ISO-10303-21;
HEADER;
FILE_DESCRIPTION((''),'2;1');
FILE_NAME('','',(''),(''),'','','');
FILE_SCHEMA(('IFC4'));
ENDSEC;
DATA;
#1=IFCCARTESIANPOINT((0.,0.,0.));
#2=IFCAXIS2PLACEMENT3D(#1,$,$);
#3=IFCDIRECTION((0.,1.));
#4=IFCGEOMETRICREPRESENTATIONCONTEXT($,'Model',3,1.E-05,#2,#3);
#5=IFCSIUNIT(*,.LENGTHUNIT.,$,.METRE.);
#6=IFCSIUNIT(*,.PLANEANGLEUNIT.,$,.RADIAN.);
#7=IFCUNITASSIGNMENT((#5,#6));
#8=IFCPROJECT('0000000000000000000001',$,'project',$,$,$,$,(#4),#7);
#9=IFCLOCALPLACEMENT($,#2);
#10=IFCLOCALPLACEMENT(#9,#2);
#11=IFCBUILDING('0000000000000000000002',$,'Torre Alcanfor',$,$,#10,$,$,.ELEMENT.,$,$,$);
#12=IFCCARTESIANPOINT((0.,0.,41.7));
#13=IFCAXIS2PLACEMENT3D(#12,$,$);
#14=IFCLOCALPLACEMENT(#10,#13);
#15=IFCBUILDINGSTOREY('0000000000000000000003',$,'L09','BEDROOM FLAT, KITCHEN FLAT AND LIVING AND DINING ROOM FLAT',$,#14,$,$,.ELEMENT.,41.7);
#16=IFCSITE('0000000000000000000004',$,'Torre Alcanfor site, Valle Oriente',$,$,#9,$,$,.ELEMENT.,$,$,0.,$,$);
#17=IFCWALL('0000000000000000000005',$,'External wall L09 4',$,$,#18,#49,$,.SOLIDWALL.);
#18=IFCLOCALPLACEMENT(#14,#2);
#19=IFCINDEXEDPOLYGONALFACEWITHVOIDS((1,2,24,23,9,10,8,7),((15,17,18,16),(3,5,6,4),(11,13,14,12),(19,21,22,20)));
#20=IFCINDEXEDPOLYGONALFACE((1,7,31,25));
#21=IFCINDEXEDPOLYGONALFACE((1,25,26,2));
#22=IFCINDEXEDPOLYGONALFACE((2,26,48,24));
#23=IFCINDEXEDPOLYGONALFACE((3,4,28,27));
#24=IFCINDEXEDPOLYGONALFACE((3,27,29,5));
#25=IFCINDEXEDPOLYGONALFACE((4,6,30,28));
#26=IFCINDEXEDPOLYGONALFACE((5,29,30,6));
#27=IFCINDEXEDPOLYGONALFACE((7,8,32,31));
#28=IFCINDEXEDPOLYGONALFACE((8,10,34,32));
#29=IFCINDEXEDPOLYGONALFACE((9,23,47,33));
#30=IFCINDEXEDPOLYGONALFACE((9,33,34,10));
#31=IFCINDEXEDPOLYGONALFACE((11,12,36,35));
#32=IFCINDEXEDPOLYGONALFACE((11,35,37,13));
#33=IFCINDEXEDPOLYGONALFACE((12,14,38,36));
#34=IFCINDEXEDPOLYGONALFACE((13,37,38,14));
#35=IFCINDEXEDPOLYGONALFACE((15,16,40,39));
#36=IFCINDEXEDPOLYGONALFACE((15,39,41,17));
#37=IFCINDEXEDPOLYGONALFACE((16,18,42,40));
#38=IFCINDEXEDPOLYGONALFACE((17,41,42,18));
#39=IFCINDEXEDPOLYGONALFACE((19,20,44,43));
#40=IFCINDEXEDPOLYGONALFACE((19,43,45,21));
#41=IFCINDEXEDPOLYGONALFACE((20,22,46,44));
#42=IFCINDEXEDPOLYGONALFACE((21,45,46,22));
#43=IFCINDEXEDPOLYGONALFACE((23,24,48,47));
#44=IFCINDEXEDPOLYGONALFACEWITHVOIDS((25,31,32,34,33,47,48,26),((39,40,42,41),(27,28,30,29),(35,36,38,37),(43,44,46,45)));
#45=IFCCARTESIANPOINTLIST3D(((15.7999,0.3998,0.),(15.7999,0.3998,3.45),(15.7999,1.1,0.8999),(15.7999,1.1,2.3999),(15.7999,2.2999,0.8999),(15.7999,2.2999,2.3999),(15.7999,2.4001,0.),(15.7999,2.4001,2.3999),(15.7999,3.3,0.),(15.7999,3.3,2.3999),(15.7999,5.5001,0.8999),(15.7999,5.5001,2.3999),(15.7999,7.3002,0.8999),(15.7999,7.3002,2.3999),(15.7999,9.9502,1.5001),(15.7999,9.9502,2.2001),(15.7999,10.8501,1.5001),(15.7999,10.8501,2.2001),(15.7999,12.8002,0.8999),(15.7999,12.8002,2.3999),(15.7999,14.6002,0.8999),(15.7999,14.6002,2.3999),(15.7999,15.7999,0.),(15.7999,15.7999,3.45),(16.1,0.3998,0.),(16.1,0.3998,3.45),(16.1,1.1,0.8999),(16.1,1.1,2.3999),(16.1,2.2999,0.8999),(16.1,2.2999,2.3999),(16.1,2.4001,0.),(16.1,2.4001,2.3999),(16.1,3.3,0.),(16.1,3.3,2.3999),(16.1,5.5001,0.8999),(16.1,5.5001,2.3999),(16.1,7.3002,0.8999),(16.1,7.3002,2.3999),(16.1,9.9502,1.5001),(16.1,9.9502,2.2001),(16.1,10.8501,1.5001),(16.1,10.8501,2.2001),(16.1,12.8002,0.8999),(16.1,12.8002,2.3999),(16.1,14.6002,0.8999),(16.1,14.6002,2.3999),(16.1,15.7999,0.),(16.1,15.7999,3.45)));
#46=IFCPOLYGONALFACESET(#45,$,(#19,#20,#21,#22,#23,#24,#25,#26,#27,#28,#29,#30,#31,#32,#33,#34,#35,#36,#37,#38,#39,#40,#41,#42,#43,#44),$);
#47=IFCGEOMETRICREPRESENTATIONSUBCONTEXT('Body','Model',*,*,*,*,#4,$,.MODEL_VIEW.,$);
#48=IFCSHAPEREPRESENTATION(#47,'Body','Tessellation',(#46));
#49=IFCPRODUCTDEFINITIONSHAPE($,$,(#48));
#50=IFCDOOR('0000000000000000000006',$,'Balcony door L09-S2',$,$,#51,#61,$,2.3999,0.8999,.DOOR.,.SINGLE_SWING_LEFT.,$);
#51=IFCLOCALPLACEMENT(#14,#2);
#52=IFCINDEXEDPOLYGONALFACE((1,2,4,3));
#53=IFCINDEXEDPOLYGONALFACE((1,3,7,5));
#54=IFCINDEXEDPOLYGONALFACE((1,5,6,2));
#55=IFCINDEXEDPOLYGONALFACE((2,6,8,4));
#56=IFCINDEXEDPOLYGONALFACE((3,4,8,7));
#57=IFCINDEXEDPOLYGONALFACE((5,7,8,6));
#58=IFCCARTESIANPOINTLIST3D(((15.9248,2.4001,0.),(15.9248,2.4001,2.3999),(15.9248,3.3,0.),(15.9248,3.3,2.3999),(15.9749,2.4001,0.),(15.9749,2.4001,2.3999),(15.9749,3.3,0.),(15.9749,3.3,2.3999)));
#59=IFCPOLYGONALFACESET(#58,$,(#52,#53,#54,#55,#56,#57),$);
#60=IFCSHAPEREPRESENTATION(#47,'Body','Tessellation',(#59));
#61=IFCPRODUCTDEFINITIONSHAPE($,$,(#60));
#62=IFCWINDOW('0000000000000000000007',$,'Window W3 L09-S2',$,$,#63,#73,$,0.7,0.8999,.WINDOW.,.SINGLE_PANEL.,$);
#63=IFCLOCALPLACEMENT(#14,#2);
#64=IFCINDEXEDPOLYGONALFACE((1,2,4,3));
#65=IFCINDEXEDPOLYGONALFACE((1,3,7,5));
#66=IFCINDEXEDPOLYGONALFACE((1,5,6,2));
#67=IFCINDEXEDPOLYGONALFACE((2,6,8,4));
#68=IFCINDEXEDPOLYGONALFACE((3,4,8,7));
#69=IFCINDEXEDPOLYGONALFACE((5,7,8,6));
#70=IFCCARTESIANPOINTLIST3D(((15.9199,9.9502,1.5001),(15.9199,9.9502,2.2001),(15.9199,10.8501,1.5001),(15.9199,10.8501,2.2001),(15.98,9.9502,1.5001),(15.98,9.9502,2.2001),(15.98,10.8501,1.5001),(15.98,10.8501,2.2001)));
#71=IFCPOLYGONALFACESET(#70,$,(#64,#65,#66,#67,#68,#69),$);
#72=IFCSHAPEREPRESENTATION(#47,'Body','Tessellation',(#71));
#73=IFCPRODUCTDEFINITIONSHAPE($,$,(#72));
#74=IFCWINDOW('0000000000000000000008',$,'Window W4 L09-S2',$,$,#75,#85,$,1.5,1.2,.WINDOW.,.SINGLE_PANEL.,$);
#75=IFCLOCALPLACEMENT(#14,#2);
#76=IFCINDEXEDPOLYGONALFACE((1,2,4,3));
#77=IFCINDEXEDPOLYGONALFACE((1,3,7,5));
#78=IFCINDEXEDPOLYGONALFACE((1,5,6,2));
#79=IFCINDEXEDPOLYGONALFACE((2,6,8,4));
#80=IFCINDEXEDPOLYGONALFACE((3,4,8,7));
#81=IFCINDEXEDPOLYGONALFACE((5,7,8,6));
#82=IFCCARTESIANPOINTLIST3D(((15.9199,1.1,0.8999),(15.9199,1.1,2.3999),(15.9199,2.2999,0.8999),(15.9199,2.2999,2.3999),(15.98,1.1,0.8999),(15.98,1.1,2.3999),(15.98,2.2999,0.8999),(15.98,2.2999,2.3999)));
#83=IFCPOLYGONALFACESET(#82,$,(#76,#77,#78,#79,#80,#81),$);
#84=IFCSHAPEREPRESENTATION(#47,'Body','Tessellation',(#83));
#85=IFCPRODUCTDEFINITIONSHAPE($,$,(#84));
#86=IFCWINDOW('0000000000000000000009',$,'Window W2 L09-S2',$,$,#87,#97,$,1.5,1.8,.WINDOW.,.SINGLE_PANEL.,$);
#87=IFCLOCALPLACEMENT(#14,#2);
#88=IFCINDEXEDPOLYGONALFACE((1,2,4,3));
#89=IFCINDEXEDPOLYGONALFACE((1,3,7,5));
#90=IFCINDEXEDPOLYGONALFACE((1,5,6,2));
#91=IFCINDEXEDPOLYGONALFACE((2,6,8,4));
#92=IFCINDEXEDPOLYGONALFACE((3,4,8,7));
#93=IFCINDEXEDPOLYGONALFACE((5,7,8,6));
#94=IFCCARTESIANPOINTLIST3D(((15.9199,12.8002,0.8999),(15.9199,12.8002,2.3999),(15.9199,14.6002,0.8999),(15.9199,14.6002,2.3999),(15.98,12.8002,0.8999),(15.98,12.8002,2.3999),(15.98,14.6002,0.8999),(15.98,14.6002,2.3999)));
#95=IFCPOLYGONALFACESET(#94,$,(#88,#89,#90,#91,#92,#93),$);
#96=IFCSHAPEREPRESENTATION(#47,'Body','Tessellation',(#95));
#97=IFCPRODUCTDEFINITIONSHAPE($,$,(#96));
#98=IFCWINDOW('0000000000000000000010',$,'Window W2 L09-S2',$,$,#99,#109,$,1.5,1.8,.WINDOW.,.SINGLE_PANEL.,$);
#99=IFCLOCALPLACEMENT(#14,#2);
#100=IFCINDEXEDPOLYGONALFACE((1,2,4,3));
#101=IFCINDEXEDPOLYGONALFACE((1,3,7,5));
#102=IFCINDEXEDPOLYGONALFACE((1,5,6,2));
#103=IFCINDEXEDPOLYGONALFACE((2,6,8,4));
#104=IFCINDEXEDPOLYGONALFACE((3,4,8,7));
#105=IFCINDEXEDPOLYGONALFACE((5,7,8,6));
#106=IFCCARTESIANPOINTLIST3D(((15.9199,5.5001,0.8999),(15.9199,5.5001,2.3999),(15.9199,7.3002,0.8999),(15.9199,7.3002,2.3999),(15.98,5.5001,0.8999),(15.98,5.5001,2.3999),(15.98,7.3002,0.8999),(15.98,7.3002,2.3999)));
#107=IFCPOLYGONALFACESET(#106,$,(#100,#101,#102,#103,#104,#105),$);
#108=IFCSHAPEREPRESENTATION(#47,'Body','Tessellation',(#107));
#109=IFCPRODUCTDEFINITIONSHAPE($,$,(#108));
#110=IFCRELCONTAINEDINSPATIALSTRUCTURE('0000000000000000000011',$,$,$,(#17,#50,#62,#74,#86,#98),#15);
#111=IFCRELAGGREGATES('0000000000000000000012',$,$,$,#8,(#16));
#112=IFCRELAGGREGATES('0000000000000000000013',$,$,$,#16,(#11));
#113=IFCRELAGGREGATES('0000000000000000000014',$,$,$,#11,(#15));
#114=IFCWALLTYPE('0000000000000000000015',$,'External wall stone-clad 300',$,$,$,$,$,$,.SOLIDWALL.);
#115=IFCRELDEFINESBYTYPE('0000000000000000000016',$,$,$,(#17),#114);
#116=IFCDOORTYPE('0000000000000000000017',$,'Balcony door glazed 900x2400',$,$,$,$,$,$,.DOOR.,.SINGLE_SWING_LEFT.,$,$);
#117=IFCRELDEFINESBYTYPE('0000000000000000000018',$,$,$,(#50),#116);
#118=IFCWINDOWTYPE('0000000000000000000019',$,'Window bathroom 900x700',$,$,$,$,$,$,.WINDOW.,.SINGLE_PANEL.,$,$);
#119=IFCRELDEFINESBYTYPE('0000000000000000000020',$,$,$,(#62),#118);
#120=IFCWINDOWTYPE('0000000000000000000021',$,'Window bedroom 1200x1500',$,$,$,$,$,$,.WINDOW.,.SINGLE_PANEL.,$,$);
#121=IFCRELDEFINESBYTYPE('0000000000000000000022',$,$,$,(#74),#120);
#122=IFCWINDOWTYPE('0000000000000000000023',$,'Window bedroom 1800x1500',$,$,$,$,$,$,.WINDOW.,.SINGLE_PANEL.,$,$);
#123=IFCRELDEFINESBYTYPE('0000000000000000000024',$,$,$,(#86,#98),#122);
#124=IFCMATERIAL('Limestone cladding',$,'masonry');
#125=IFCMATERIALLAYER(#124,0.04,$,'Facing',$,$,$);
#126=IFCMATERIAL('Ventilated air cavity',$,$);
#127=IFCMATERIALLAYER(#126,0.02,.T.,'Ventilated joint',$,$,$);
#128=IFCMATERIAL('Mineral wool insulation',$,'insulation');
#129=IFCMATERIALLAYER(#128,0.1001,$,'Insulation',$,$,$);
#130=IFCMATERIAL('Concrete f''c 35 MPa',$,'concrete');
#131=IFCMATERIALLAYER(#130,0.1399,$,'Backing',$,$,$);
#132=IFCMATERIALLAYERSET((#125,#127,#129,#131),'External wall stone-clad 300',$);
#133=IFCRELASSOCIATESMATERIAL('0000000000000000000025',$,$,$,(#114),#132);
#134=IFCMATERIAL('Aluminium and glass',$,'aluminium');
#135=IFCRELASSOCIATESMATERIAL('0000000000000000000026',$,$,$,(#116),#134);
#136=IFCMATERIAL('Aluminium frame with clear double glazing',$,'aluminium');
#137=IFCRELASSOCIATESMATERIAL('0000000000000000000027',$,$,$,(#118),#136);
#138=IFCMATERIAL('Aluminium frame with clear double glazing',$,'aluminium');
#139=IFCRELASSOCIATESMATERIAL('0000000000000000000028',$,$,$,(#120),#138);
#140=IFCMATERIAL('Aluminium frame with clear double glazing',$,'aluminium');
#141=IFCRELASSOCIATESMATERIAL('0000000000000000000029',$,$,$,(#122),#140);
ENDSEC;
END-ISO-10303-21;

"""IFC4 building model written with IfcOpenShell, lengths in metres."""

from ifc_helpers import new_model, si_unit, direction, frame, frame_2d, origin, place, context, subcontext, project, spatial, rectangle, extrude, material, layer, layer_set, type_object, element, fill, save


model = new_model("IFC4")

# Units and contexts
model_context = context("Model", 3, precision=1e-05, world=origin(), true_north=direction((0.0, 1.0)))
body_context = subcontext(model_context, "Body", "Model", "MODEL_VIEW")
ifc_project = project(units=[si_unit("LENGTHUNIT", "METRE"), si_unit("PLANEANGLEUNIT", "RADIAN")], contexts=[model_context])

# Site, building, storey
site_placement = place(None, origin())
site = spatial("IfcSite", under=ifc_project, at=site_placement, Name="Torre Alcanfor site, Valle Oriente", CompositionType="ELEMENT", RefElevation=0.0)
building_placement = place(site_placement, origin())
building = spatial("IfcBuilding", under=site, at=building_placement, Name="Torre Alcanfor", CompositionType="ELEMENT")
storey_placement = place(building_placement, frame((0.0, 0.0, 41.7)))
storey = spatial("IfcBuildingStorey", under=building, at=storey_placement, Name="L09", Description="BEDROOM FLAT, KITCHEN FLAT AND LIVING AND DINING ROOM FLAT", CompositionType="ELEMENT", Elevation=41.7)

# Wall, openings, door, windows
ifc_material_1 = material(Name="Limestone cladding", Category="masonry")
ifc_layer_1 = layer(ifc_material_1, 0.04, Name="Facing")
ifc_material_2 = material(Name="Ventilated air cavity")
ifc_layer_2 = layer(ifc_material_2, 0.02, ventilated=True, Name="Ventilated joint")
ifc_material_3 = material(Name="Mineral wool insulation", Category="insulation")
ifc_layer_3 = layer(ifc_material_3, 0.1001, Name="Insulation")
ifc_material_4 = material(Name="Concrete f'c 35 MPa", Category="concrete")
ifc_layer_4 = layer(ifc_material_4, 0.1399, Name="Backing")
ifc_layer_set_1 = layer_set([ifc_layer_1, ifc_layer_2, ifc_layer_3, ifc_layer_4], Name="External wall stone-clad 300")
wall_type_1 = type_object("IfcWallType", Name="External wall stone-clad 300", PredefinedType="SOLIDWALL", material=ifc_layer_set_1)
ifc_material_5 = material(Name="Aluminium and glass", Category="aluminium")
door_type = type_object("IfcDoorType", Name="Balcony door glazed 900x2400", OperationType="SINGLE_SWING_LEFT", PredefinedType="DOOR", material=ifc_material_5)
ifc_material_6 = material(Name="Aluminium frame with clear double glazing", Category="aluminium")
window_type_1 = type_object("IfcWindowType", Name="Window bathroom 900x700", PartitioningType="SINGLE_PANEL", PredefinedType="WINDOW", material=ifc_material_6)
ifc_material_7 = material(Name="Aluminium frame with clear double glazing", Category="aluminium")
window_type_2 = type_object("IfcWindowType", Name="Window bedroom 1200x1500", PartitioningType="SINGLE_PANEL", PredefinedType="WINDOW", material=ifc_material_7)
ifc_material_8 = material(Name="Aluminium frame with clear double glazing", Category="aluminium")
window_type_3 = type_object("IfcWindowType", Name="Window bedroom 1800x1500", PartitioningType="SINGLE_PANEL", PredefinedType="WINDOW", material=ifc_material_8)
wall_1_placement = place(storey_placement, frame((15.95, 15.8, 0.0), z_axis=(0.0, 0.0, 1.0), x_axis=(0.0, -1.0, 0.0)))
wall_1 = element("IfcWall", 1, at=wall_1_placement, inside=storey, type_object=wall_type_1, Name="External wall L09 4", PredefinedType="SOLIDWALL", context=body_context, shape_type="SweptSolid", body=[
    extrude(rectangle(XDim=15.4001, YDim=0.3, at=frame_2d((7.7002, 0.0))), origin(), (0.0, 0.0, 1.0), 3.45),
])
opening_1_placement = place(wall_1_placement, frame((1.2, 0.0, 0.8999)))
opening_1 = element("IfcOpeningElement", 2, at=opening_1_placement, cuts=wall_1, PredefinedType="OPENING", context=body_context, shape_type="SweptSolid", body=[
    extrude(rectangle(XDim=1.8, YDim=1.5, at=frame_2d((0.8999, 0.75))), frame((0.0, 0.1599, 0.0), z_axis=(0.0, -1.0, 0.0), x_axis=(1.0, 0.0, 0.0)), (0.0, 0.0, 1.0), 0.3201),
])
opening_2_placement = place(wall_1_placement, frame((4.95, 0.0, 1.5)))
opening_2 = element("IfcOpeningElement", 3, at=opening_2_placement, cuts=wall_1, PredefinedType="OPENING", context=body_context, shape_type="SweptSolid", body=[
    extrude(rectangle(XDim=0.8999, YDim=0.7, at=frame_2d((0.45, 0.3501))), frame((0.0, 0.1599, 0.0), z_axis=(0.0, -1.0, 0.0), x_axis=(1.0, 0.0, 0.0)), (0.0, 0.0, 1.0), 0.3201),
])
opening_3_placement = place(wall_1_placement, frame((8.5, 0.0, 0.8999)))
opening_3 = element("IfcOpeningElement", 4, at=opening_3_placement, cuts=wall_1, PredefinedType="OPENING", context=body_context, shape_type="SweptSolid", body=[
    extrude(rectangle(XDim=1.8, YDim=1.5, at=frame_2d((0.8999, 0.75))), frame((0.0, 0.1599, 0.0), z_axis=(0.0, -1.0, 0.0), x_axis=(1.0, 0.0, 0.0)), (0.0, 0.0, 1.0), 0.3201),
])
opening_4_placement = place(wall_1_placement, frame((12.5, 0.0, 0.0)))
opening_4 = element("IfcOpeningElement", 5, at=opening_4_placement, cuts=wall_1, PredefinedType="OPENING", context=body_context, shape_type="SweptSolid", body=[
    extrude(rectangle(XDim=0.8999, YDim=2.3999, at=frame_2d((0.45, 1.2))), frame((0.0, 0.1599, 0.0), z_axis=(0.0, -1.0, 0.0), x_axis=(1.0, 0.0, 0.0)), (0.0, 0.0, 1.0), 0.3201),
])
opening_5_placement = place(wall_1_placement, frame((13.5, 0.0, 0.8999)))
opening_5 = element("IfcOpeningElement", 6, at=opening_5_placement, cuts=wall_1, PredefinedType="OPENING", context=body_context, shape_type="SweptSolid", body=[
    extrude(rectangle(XDim=1.2, YDim=1.5, at=frame_2d((0.6001, 0.75))), frame((0.0, 0.1599, 0.0), z_axis=(0.0, -1.0, 0.0), x_axis=(1.0, 0.0, 0.0)), (0.0, 0.0, 1.0), 0.3201),
])
door_1_placement = place(opening_4_placement, origin())
door_1 = element("IfcDoor", 7, at=door_1_placement, inside=storey, type_object=door_type, Name="Balcony door L09-S2", OperationType="SINGLE_SWING_LEFT", OverallHeight=2.3999, OverallWidth=0.8999, PredefinedType="DOOR", context=body_context, shape_type="SweptSolid", body=[
    extrude(rectangle(XDim=0.8999, YDim=2.3999, at=frame_2d((0.45, 1.2))), frame((0.0, 0.0249, 0.0), z_axis=(0.0, -1.0, 0.0), x_axis=(1.0, 0.0, 0.0)), (0.0, 0.0, 1.0), 0.05),
])
fill(opening_4, door_1)
window_1_placement = place(opening_2_placement, origin())
window_1 = element("IfcWindow", 8, at=window_1_placement, inside=storey, type_object=window_type_1, Name="Window W3 L09-S2", OverallHeight=0.7, OverallWidth=0.8999, PartitioningType="SINGLE_PANEL", PredefinedType="WINDOW", context=body_context, shape_type="SweptSolid", body=[
    extrude(rectangle(XDim=0.8999, YDim=0.7, at=frame_2d((0.45, 0.3501))), frame((0.0, 0.03, 0.0), z_axis=(0.0, -1.0, 0.0), x_axis=(1.0, 0.0, 0.0)), (0.0, 0.0, 1.0), 0.0601),
])
fill(opening_2, window_1)
window_2_placement = place(opening_5_placement, origin())
window_2 = element("IfcWindow", 9, at=window_2_placement, inside=storey, type_object=window_type_2, Name="Window W4 L09-S2", OverallHeight=1.5, OverallWidth=1.2, PartitioningType="SINGLE_PANEL", PredefinedType="WINDOW", context=body_context, shape_type="SweptSolid", body=[
    extrude(rectangle(XDim=1.2, YDim=1.5, at=frame_2d((0.6001, 0.75))), frame((0.0, 0.03, 0.0), z_axis=(0.0, -1.0, 0.0), x_axis=(1.0, 0.0, 0.0)), (0.0, 0.0, 1.0), 0.0601),
])
fill(opening_5, window_2)
window_3_placement = place(opening_1_placement, origin())
window_3 = element("IfcWindow", 10, at=window_3_placement, inside=storey, type_object=window_type_3, Name="Window W2 L09-S2", OverallHeight=1.5, OverallWidth=1.8, PartitioningType="SINGLE_PANEL", PredefinedType="WINDOW", context=body_context, shape_type="SweptSolid", body=[
    extrude(rectangle(XDim=1.8, YDim=1.5, at=frame_2d((0.8999, 0.75))), frame((0.0, 0.03, 0.0), z_axis=(0.0, -1.0, 0.0), x_axis=(1.0, 0.0, 0.0)), (0.0, 0.0, 1.0), 0.0601),
])
fill(opening_1, window_3)
window_4_placement = place(opening_3_placement, origin())
window_4 = element("IfcWindow", 11, at=window_4_placement, inside=storey, type_object=window_type_3, Name="Window W2 L09-S2", OverallHeight=1.5, OverallWidth=1.8, PartitioningType="SINGLE_PANEL", PredefinedType="WINDOW", context=body_context, shape_type="SweptSolid", body=[
    extrude(rectangle(XDim=1.8, YDim=1.5, at=frame_2d((0.8999, 0.75))), frame((0.0, 0.03, 0.0), z_axis=(0.0, -1.0, 0.0), x_axis=(1.0, 0.0, 0.0)), (0.0, 0.0, 1.0), 0.0601),
])
fill(opening_3, window_4)

save(model, "model.ifc")
